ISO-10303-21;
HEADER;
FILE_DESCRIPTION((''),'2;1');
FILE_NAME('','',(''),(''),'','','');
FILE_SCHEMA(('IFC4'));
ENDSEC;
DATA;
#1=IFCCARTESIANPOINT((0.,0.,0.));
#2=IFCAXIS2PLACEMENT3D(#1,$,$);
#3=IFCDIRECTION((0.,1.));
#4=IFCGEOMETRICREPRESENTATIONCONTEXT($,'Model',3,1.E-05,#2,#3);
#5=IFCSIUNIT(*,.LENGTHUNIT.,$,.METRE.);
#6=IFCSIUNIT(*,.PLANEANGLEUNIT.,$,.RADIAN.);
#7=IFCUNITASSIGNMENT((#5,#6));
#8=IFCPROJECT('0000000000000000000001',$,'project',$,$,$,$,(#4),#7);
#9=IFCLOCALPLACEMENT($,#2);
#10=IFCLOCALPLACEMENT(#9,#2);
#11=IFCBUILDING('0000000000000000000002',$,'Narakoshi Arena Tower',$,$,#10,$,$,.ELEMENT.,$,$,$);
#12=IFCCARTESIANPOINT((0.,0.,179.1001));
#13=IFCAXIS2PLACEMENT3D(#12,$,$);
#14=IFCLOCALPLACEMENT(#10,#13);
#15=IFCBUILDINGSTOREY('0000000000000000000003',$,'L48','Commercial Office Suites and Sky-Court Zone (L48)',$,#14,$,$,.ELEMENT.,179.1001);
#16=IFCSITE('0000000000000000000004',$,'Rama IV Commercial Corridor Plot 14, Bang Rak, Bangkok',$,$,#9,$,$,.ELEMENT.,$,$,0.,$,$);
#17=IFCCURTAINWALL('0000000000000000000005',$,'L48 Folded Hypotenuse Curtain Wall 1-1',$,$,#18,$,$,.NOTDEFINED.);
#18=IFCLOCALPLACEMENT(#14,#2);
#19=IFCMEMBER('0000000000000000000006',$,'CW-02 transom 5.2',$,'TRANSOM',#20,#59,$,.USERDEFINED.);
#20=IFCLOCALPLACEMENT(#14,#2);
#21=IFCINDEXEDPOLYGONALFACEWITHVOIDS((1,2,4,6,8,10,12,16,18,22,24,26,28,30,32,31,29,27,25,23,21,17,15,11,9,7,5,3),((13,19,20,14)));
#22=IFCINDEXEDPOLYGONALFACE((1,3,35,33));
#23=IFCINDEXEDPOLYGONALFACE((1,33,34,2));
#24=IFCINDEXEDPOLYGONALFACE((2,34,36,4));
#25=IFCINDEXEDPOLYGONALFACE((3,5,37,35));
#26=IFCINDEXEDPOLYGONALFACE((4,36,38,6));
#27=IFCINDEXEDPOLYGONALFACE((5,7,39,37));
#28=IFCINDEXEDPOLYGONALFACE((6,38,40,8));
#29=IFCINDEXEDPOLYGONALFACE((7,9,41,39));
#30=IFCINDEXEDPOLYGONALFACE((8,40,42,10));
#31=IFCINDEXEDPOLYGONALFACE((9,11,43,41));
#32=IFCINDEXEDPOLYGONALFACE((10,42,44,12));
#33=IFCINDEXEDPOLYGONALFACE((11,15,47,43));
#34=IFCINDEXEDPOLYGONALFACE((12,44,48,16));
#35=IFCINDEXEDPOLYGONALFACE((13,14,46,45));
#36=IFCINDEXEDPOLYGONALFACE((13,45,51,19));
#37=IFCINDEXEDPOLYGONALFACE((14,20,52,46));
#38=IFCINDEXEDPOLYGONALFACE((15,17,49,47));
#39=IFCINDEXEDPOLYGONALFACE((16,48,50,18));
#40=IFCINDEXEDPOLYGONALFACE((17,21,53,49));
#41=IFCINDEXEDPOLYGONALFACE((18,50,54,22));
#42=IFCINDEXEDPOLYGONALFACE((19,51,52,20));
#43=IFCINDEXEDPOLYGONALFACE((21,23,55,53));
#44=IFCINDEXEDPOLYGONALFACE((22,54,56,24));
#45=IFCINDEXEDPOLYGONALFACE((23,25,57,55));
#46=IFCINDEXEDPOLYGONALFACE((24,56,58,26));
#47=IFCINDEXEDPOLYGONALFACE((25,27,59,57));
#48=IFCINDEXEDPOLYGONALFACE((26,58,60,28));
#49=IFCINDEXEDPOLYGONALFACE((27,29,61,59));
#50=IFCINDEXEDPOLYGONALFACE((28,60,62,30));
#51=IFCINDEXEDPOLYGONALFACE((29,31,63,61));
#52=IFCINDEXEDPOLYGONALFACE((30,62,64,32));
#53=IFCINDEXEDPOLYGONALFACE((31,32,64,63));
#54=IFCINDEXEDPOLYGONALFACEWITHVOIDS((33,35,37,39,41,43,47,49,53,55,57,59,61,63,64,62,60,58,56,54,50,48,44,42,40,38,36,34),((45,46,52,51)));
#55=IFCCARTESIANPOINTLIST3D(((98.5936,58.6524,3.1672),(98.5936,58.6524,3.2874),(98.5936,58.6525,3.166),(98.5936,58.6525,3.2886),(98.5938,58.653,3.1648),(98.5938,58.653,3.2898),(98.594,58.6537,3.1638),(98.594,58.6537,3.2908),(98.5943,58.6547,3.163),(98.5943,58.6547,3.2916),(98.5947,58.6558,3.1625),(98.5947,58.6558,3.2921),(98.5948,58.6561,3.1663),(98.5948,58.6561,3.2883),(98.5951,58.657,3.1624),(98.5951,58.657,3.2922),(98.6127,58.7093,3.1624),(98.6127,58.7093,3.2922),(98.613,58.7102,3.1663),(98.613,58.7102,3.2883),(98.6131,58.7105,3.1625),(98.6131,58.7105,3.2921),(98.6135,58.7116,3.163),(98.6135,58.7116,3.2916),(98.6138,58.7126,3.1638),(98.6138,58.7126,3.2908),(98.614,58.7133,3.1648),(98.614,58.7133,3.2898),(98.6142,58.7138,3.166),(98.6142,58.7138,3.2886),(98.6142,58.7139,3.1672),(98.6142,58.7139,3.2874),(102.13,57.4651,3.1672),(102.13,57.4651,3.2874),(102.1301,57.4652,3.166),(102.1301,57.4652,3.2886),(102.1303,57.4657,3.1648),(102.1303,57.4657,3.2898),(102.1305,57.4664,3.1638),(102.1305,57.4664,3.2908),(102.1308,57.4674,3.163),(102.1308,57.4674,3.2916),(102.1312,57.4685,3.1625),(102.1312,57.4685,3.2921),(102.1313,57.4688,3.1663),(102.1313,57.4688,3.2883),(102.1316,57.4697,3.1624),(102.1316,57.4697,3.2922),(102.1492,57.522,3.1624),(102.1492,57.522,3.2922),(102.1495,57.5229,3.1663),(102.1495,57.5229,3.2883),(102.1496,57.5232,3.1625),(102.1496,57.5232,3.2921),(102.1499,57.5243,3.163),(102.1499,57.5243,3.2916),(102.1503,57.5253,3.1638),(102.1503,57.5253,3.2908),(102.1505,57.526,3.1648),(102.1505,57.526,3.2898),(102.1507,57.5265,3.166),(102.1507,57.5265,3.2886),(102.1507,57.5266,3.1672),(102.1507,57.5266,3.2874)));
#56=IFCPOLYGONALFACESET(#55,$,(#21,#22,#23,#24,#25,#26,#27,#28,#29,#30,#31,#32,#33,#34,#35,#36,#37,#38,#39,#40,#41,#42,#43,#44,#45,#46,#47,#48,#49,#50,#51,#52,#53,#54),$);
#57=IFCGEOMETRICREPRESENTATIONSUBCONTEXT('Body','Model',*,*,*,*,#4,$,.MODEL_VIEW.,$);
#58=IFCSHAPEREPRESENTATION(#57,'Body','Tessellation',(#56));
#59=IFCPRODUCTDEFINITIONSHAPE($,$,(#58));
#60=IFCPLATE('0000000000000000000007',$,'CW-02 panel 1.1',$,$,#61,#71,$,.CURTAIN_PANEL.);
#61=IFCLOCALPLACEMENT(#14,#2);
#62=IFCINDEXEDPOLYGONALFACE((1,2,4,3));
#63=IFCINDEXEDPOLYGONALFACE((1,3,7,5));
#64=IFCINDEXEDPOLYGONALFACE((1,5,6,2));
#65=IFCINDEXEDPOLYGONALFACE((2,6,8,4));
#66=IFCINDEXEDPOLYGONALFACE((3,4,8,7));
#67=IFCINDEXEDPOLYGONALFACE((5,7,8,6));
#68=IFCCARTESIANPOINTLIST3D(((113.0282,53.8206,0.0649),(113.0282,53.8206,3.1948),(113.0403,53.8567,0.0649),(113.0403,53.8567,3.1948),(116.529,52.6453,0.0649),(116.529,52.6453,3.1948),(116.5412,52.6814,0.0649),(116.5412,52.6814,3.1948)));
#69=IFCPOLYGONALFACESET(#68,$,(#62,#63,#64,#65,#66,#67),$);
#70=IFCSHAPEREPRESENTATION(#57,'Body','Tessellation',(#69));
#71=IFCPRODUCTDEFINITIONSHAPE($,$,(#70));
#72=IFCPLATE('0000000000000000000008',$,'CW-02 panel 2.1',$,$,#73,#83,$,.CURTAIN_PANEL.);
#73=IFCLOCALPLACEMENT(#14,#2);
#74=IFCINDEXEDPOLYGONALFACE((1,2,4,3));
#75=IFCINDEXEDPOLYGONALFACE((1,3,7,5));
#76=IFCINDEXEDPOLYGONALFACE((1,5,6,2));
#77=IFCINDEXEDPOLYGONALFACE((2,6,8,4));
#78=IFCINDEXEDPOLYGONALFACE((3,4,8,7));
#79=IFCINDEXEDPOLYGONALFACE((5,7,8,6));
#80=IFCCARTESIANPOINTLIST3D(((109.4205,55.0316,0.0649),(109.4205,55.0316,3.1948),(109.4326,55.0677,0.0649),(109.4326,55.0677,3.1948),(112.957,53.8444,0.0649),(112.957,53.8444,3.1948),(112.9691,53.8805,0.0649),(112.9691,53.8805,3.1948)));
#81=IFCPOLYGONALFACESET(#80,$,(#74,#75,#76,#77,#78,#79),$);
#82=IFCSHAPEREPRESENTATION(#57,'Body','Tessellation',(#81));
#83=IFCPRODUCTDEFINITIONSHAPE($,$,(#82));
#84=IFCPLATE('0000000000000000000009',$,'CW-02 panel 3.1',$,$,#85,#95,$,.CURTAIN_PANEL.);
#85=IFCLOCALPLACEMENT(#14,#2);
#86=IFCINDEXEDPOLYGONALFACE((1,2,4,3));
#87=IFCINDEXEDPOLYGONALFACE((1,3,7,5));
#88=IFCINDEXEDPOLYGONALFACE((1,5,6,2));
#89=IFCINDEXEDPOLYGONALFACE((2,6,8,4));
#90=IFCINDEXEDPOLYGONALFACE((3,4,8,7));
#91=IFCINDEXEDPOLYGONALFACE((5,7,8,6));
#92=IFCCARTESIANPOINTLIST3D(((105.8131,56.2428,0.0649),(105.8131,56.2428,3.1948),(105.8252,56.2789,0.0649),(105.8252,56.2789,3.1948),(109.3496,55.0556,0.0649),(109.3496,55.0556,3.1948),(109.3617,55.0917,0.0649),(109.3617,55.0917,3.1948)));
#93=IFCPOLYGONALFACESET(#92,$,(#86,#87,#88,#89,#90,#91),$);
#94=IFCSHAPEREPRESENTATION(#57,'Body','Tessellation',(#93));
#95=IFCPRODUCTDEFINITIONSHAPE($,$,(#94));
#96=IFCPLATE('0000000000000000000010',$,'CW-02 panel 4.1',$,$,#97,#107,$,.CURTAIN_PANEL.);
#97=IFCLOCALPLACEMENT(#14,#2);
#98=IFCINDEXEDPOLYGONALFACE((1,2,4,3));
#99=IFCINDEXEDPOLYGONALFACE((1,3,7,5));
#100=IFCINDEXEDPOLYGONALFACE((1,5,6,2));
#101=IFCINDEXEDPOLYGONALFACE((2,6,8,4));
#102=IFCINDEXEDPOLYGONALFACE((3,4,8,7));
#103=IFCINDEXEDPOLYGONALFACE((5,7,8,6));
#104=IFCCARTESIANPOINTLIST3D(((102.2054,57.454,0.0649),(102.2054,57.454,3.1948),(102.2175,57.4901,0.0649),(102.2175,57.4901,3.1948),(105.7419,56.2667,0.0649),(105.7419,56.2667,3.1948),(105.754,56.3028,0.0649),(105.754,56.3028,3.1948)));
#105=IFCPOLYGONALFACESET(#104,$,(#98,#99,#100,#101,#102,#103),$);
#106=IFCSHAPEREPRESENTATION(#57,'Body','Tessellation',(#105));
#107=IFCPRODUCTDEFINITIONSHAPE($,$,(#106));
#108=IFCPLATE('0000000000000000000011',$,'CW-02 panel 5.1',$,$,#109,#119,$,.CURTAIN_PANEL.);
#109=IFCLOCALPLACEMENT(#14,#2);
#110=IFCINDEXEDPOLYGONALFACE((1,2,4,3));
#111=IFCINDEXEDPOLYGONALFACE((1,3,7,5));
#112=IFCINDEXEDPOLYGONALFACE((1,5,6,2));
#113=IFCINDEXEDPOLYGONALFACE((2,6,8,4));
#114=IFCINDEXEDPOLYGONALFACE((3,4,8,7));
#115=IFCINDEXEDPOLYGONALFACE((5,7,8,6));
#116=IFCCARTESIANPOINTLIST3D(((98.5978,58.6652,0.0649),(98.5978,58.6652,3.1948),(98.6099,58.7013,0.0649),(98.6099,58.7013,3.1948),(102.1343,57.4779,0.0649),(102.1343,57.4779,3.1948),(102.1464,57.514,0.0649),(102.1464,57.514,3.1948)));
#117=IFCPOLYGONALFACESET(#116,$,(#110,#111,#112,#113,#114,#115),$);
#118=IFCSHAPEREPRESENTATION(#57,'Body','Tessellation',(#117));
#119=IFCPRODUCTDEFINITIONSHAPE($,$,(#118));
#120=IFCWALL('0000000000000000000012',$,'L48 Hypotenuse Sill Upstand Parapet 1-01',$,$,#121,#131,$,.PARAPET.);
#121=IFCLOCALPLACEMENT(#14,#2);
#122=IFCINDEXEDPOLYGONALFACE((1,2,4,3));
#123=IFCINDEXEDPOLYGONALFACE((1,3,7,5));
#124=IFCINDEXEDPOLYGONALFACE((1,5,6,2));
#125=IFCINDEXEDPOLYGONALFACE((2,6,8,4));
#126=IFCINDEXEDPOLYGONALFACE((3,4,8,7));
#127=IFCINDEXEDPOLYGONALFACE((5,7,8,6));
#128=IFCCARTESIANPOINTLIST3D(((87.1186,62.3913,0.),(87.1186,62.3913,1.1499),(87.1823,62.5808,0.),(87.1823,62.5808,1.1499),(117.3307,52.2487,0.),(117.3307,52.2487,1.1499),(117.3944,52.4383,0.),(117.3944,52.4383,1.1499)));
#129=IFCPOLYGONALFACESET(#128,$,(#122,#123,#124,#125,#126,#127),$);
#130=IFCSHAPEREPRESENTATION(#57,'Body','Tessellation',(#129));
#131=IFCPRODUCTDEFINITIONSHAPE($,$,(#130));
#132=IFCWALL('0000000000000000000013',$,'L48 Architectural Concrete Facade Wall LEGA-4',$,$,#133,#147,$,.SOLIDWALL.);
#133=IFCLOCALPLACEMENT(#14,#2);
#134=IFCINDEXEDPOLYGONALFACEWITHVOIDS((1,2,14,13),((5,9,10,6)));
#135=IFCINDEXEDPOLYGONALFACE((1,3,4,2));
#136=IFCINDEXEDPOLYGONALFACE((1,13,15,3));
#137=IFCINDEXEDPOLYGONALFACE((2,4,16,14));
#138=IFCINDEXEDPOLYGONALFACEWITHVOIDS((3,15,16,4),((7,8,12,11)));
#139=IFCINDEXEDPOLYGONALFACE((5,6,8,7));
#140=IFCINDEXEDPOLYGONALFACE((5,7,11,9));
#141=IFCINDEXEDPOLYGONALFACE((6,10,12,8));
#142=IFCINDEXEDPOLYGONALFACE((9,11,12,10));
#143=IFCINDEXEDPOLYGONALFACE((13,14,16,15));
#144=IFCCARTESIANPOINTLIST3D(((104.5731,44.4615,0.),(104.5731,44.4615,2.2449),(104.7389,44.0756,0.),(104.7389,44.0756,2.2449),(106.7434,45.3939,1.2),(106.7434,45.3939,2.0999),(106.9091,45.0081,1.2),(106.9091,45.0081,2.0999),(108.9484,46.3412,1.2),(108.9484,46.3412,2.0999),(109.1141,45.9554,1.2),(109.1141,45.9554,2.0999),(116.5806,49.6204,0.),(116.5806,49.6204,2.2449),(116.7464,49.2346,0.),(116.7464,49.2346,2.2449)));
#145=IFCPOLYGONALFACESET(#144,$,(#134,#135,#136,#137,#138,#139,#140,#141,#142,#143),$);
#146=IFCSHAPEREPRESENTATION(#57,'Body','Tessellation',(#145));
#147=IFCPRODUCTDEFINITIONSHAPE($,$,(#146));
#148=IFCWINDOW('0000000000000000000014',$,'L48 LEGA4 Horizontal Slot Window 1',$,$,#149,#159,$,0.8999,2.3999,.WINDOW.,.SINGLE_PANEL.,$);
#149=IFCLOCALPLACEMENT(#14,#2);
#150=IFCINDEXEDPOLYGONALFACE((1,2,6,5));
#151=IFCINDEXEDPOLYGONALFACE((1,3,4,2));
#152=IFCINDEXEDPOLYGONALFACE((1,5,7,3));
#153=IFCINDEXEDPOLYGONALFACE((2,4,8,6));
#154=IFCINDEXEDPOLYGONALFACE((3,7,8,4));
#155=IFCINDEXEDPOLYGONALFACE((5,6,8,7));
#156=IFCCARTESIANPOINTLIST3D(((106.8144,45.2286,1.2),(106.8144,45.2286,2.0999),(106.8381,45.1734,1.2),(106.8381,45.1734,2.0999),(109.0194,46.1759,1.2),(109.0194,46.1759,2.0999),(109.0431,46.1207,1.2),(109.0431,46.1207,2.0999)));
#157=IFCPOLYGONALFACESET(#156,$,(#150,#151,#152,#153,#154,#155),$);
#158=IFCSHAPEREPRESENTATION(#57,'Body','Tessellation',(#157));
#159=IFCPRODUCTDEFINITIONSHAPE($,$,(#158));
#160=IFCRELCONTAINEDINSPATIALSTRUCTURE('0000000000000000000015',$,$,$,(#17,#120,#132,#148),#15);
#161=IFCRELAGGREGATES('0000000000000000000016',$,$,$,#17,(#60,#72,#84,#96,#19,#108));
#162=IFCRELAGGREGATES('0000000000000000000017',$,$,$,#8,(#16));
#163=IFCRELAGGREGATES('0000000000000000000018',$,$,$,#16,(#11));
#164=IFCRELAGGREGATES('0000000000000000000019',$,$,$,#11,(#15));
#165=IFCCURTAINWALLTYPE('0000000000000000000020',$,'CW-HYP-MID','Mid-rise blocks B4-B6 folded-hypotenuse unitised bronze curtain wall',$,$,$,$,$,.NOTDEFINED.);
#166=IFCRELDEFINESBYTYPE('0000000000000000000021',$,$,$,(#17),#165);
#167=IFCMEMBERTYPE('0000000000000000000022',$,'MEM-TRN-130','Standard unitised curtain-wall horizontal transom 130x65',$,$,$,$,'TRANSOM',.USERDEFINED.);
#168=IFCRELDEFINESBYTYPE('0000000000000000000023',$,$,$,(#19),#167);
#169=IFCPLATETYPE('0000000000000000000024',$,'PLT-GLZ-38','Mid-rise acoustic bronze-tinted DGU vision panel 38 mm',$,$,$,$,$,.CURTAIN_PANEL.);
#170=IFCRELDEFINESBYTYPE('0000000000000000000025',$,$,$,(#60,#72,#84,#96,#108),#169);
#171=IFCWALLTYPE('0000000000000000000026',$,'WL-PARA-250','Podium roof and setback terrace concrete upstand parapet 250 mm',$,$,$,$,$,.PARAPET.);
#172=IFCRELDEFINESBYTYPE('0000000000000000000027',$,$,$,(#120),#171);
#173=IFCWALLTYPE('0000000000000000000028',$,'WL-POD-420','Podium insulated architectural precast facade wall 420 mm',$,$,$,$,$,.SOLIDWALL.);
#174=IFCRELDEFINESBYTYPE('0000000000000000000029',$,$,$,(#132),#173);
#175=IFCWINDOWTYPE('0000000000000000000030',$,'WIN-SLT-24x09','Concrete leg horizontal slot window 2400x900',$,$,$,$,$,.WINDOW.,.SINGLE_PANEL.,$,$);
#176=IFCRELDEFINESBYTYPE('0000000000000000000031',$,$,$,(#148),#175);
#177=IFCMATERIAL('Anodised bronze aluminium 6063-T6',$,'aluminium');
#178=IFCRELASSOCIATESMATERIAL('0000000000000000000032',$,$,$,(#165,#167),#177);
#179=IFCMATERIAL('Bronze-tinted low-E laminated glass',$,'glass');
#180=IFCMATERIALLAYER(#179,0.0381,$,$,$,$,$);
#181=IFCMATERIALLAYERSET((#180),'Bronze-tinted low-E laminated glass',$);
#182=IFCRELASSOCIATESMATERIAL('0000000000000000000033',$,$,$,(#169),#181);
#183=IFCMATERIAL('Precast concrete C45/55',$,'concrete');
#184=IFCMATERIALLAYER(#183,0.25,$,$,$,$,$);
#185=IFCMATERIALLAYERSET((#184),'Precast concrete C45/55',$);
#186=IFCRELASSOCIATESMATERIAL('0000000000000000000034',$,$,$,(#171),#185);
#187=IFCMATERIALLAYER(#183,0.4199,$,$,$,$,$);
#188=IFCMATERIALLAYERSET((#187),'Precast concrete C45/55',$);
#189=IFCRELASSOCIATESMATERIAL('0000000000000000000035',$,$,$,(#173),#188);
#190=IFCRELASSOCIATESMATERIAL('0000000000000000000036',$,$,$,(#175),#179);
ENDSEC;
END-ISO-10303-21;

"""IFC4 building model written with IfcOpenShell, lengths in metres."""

from ifc_helpers import new_model, si_unit, direction, frame, frame_2d, origin, origin_2d, place, context, subcontext, project, spatial, rectangle, hollow_rectangle, extrude, material, layer, layer_set, material_profile, profile_set, type_object, element, fill, aggregate, save


model = new_model("IFC4")

# Units and contexts
model_context = context("Model", 3, precision=1e-05, world=origin(), true_north=direction((0.0, 1.0)))
body_context = subcontext(model_context, "Body", "Model", "MODEL_VIEW")
ifc_project = project(units=[si_unit("LENGTHUNIT", "METRE"), si_unit("PLANEANGLEUNIT", "RADIAN")], contexts=[model_context])

# Site, building, storey
site_placement = place(None, origin())
site = spatial("IfcSite", under=ifc_project, at=site_placement, Name="Rama IV Commercial Corridor Plot 14, Bang Rak, Bangkok", CompositionType="ELEMENT", RefElevation=0.0)
building_placement = place(site_placement, origin())
building = spatial("IfcBuilding", under=site, at=building_placement, Name="Narakoshi Arena Tower", CompositionType="ELEMENT")
storey_placement = place(building_placement, frame((0.0, 0.0, 179.1001)))
storey = spatial("IfcBuildingStorey", under=building, at=storey_placement, Name="L48", Description="Commercial Office Suites and Sky-Court Zone (L48)", CompositionType="ELEMENT", Elevation=179.1001)

# Curtain wall, member, plates
ifc_material_1 = material(Name="Anodised bronze aluminium 6063-T6", Category="aluminium")
curtain_wall_type = type_object("IfcCurtainWallType", Name="CW-HYP-MID", Description="Mid-rise blocks B4-B6 folded-hypotenuse unitised bronze curtain wall", PredefinedType="NOTDEFINED", material=ifc_material_1)
curtain_wall_placement = place(storey_placement, origin())
curtain_wall = element("IfcCurtainWall", 1, at=curtain_wall_placement, inside=storey, type_object=curtain_wall_type, Name="L48 Folded Hypotenuse Curtain Wall 1-1", PredefinedType="NOTDEFINED")
ifc_material_profile_1 = material_profile(ifc_material_1, hollow_rectangle(XDim=0.0649, YDim=0.1299, WallThickness=0.0039, OuterFilletRadius=0.0049, at=origin_2d()), Name="TRN130x65x4")
ifc_profile_set_1 = profile_set([ifc_material_profile_1], Name="Anodised bronze aluminium 6063-T6")
member_type_1 = type_object("IfcMemberType", Name="MEM-TRN-130", Description="Standard unitised curtain-wall horizontal transom 130x65", ElementType="TRANSOM", PredefinedType="USERDEFINED", material=ifc_profile_set_1)
member_1_placement = place(storey_placement, frame((102.1404, 57.4958, 3.2273), z_axis=(-0.948, 0.318269, 0.0), x_axis=(-0.318269, -0.948, 0.0)))
member_1 = element("IfcMember", 2, at=member_1_placement, type_object=member_type_1, Name="CW-02 transom 5.2", ObjectType="TRANSOM", PredefinedType="USERDEFINED", context=body_context, shape_type="SweptSolid", body=[
    extrude(hollow_rectangle(XDim=0.0649, YDim=0.1299, WallThickness=0.0039, OuterFilletRadius=0.0049, at=origin_2d()), origin(), (0.0, 0.0, 1.0), 3.7305),
])
ifc_material_2 = material(Name="Bronze-tinted low-E laminated glass", Category="glass")
ifc_layer_1 = layer(ifc_material_2, 0.0381)
ifc_layer_set_1 = layer_set([ifc_layer_1], Name="Bronze-tinted low-E laminated glass")
plate_type = type_object("IfcPlateType", Name="PLT-GLZ-38", Description="Mid-rise acoustic bronze-tinted DGU vision panel 38 mm", PredefinedType="CURTAIN_PANEL", material=ifc_layer_set_1)
plate_1_placement = place(storey_placement, frame((114.7847, 53.251, 0.0649), z_axis=(0.0, 0.0, 1.0), x_axis=(-0.948003, 0.318261, 0.0)))
plate_1 = element("IfcPlate", 3, at=plate_1_placement, type_object=plate_type, Name="CW-02 panel 1.1", PredefinedType="CURTAIN_PANEL", context=body_context, shape_type="SweptSolid", body=[
    extrude(rectangle(XDim=3.6929, YDim=0.0381, at=origin_2d()), origin(), (0.0, 0.0, 1.0), 3.1299),
])
plate_2_placement = place(storey_placement, frame((111.1948, 54.4561, 0.0649), z_axis=(0.0, 0.0, 1.0), x_axis=(-0.948003, 0.318261, 0.0)))
plate_2 = element("IfcPlate", 4, at=plate_2_placement, type_object=plate_type, Name="CW-02 panel 2.1", PredefinedType="CURTAIN_PANEL", context=body_context, shape_type="SweptSolid", body=[
    extrude(rectangle(XDim=3.7305, YDim=0.0381, at=origin_2d()), origin(), (0.0, 0.0, 1.0), 3.1299),
])
plate_3_placement = place(storey_placement, frame((107.5874, 55.6672, 0.0649), z_axis=(0.0, 0.0, 1.0), x_axis=(-0.948003, 0.318261, 0.0)))
plate_3 = element("IfcPlate", 5, at=plate_3_placement, type_object=plate_type, Name="CW-02 panel 3.1", PredefinedType="CURTAIN_PANEL", context=body_context, shape_type="SweptSolid", body=[
    extrude(rectangle(XDim=3.7305, YDim=0.0381, at=origin_2d()), origin(), (0.0, 0.0, 1.0), 3.1299),
])
plate_4_placement = place(storey_placement, frame((103.9797, 56.8784, 0.0649), z_axis=(0.0, 0.0, 1.0), x_axis=(-0.948003, 0.318261, 0.0)))
plate_4 = element("IfcPlate", 6, at=plate_4_placement, type_object=plate_type, Name="CW-02 panel 4.1", PredefinedType="CURTAIN_PANEL", context=body_context, shape_type="SweptSolid", body=[
    extrude(rectangle(XDim=3.7305, YDim=0.0381, at=origin_2d()), origin(), (0.0, 0.0, 1.0), 3.1299),
])
plate_5_placement = place(storey_placement, frame((100.3721, 58.0896, 0.0649), z_axis=(0.0, 0.0, 1.0), x_axis=(-0.948003, 0.318261, 0.0)))
plate_5 = element("IfcPlate", 7, at=plate_5_placement, type_object=plate_type, Name="CW-02 panel 5.1", PredefinedType="CURTAIN_PANEL", context=body_context, shape_type="SweptSolid", body=[
    extrude(rectangle(XDim=3.7305, YDim=0.0381, at=origin_2d()), origin(), (0.0, 0.0, 1.0), 3.1299),
])
aggregate(curtain_wall, [plate_1, plate_2, plate_3, plate_4, member_1, plate_5])

# Wall
ifc_material_3 = material(Name="Precast concrete C45/55", Category="concrete")
ifc_layer_2 = layer(ifc_material_3, 0.25)
ifc_layer_set_2 = layer_set([ifc_layer_2], Name="Precast concrete C45/55")
wall_type_1 = type_object("IfcWallType", Name="WL-PARA-250", Description="Podium roof and setback terrace concrete upstand parapet 250 mm", PredefinedType="PARAPET", material=ifc_layer_set_2)
wall_1_placement = place(storey_placement, frame((117.3625, 52.3435, 0.0), z_axis=(0.0, 0.0, 1.0), x_axis=(-0.948005, 0.318256, 0.0)))
element("IfcWall", 8, at=wall_1_placement, inside=storey, type_object=wall_type_1, Name="L48 Hypotenuse Sill Upstand Parapet 1-01", PredefinedType="PARAPET", context=body_context, shape_type="SweptSolid", body=[
    extrude(rectangle(XDim=31.8691, YDim=0.2, at=frame_2d((15.9346, 0.0))), origin(), (0.0, 0.0, 1.0), 1.1499),
])

# Wall, opening, window
ifc_layer_3 = layer(ifc_material_3, 0.4199)
ifc_layer_set_3 = layer_set([ifc_layer_3], Name="Precast concrete C45/55")
wall_type_2 = type_object("IfcWallType", Name="WL-POD-420", Description="Podium insulated architectural precast facade wall 420 mm", PredefinedType="SOLIDWALL", material=ifc_layer_set_3)
wall_2_placement = place(storey_placement, frame((104.656, 44.2686, 0.0), z_axis=(0.0, 0.0, 1.0), x_axis=(0.918789, 0.394749, 0.0)))
wall_2 = element("IfcWall", 9, at=wall_2_placement, inside=storey, type_object=wall_type_2, Name="L48 Architectural Concrete Facade Wall LEGA-4", PredefinedType="SOLIDWALL", context=body_context, shape_type="SweptSolid", body=[
    extrude(rectangle(XDim=13.0688, YDim=0.4199, at=frame_2d((6.5344, 0.0))), origin(), (0.0, 0.0, 1.0), 2.2449),
])
opening_1_placement = place(wall_2_placement, frame((2.3621, 0.0, 1.2)))
opening_1 = element("IfcOpeningElement", 10, at=opening_1_placement, cuts=wall_2, PredefinedType="OPENING", context=body_context, shape_type="SweptSolid", body=[
    extrude(rectangle(XDim=2.3999, YDim=0.8999, at=frame_2d((1.2, 0.45))), frame((0.0, 0.22, 0.0), z_axis=(0.0, -1.0, 0.0), x_axis=(1.0, 0.0, 0.0)), (0.0, 0.0, 1.0), 0.4399),
])
window_type_1 = type_object("IfcWindowType", Name="WIN-SLT-24x09", Description="Concrete leg horizontal slot window 2400x900", PartitioningType="SINGLE_PANEL", PredefinedType="WINDOW", material=ifc_material_2)
window_1_placement = place(opening_1_placement, origin())
window_1 = element("IfcWindow", 11, at=window_1_placement, inside=storey, type_object=window_type_1, Name="L48 LEGA4 Horizontal Slot Window 1", OverallHeight=0.8999, OverallWidth=2.3999, PartitioningType="SINGLE_PANEL", PredefinedType="WINDOW", context=body_context, shape_type="SweptSolid", body=[
    extrude(rectangle(XDim=2.3999, YDim=0.8999, at=frame_2d((1.2, 0.45))), frame((0.0, 0.03, 0.0), z_axis=(0.0, -1.0, 0.0), x_axis=(1.0, 0.0, 0.0)), (0.0, 0.0, 1.0), 0.0601),
])
fill(opening_1, window_1)

save(model, "model.ifc")
